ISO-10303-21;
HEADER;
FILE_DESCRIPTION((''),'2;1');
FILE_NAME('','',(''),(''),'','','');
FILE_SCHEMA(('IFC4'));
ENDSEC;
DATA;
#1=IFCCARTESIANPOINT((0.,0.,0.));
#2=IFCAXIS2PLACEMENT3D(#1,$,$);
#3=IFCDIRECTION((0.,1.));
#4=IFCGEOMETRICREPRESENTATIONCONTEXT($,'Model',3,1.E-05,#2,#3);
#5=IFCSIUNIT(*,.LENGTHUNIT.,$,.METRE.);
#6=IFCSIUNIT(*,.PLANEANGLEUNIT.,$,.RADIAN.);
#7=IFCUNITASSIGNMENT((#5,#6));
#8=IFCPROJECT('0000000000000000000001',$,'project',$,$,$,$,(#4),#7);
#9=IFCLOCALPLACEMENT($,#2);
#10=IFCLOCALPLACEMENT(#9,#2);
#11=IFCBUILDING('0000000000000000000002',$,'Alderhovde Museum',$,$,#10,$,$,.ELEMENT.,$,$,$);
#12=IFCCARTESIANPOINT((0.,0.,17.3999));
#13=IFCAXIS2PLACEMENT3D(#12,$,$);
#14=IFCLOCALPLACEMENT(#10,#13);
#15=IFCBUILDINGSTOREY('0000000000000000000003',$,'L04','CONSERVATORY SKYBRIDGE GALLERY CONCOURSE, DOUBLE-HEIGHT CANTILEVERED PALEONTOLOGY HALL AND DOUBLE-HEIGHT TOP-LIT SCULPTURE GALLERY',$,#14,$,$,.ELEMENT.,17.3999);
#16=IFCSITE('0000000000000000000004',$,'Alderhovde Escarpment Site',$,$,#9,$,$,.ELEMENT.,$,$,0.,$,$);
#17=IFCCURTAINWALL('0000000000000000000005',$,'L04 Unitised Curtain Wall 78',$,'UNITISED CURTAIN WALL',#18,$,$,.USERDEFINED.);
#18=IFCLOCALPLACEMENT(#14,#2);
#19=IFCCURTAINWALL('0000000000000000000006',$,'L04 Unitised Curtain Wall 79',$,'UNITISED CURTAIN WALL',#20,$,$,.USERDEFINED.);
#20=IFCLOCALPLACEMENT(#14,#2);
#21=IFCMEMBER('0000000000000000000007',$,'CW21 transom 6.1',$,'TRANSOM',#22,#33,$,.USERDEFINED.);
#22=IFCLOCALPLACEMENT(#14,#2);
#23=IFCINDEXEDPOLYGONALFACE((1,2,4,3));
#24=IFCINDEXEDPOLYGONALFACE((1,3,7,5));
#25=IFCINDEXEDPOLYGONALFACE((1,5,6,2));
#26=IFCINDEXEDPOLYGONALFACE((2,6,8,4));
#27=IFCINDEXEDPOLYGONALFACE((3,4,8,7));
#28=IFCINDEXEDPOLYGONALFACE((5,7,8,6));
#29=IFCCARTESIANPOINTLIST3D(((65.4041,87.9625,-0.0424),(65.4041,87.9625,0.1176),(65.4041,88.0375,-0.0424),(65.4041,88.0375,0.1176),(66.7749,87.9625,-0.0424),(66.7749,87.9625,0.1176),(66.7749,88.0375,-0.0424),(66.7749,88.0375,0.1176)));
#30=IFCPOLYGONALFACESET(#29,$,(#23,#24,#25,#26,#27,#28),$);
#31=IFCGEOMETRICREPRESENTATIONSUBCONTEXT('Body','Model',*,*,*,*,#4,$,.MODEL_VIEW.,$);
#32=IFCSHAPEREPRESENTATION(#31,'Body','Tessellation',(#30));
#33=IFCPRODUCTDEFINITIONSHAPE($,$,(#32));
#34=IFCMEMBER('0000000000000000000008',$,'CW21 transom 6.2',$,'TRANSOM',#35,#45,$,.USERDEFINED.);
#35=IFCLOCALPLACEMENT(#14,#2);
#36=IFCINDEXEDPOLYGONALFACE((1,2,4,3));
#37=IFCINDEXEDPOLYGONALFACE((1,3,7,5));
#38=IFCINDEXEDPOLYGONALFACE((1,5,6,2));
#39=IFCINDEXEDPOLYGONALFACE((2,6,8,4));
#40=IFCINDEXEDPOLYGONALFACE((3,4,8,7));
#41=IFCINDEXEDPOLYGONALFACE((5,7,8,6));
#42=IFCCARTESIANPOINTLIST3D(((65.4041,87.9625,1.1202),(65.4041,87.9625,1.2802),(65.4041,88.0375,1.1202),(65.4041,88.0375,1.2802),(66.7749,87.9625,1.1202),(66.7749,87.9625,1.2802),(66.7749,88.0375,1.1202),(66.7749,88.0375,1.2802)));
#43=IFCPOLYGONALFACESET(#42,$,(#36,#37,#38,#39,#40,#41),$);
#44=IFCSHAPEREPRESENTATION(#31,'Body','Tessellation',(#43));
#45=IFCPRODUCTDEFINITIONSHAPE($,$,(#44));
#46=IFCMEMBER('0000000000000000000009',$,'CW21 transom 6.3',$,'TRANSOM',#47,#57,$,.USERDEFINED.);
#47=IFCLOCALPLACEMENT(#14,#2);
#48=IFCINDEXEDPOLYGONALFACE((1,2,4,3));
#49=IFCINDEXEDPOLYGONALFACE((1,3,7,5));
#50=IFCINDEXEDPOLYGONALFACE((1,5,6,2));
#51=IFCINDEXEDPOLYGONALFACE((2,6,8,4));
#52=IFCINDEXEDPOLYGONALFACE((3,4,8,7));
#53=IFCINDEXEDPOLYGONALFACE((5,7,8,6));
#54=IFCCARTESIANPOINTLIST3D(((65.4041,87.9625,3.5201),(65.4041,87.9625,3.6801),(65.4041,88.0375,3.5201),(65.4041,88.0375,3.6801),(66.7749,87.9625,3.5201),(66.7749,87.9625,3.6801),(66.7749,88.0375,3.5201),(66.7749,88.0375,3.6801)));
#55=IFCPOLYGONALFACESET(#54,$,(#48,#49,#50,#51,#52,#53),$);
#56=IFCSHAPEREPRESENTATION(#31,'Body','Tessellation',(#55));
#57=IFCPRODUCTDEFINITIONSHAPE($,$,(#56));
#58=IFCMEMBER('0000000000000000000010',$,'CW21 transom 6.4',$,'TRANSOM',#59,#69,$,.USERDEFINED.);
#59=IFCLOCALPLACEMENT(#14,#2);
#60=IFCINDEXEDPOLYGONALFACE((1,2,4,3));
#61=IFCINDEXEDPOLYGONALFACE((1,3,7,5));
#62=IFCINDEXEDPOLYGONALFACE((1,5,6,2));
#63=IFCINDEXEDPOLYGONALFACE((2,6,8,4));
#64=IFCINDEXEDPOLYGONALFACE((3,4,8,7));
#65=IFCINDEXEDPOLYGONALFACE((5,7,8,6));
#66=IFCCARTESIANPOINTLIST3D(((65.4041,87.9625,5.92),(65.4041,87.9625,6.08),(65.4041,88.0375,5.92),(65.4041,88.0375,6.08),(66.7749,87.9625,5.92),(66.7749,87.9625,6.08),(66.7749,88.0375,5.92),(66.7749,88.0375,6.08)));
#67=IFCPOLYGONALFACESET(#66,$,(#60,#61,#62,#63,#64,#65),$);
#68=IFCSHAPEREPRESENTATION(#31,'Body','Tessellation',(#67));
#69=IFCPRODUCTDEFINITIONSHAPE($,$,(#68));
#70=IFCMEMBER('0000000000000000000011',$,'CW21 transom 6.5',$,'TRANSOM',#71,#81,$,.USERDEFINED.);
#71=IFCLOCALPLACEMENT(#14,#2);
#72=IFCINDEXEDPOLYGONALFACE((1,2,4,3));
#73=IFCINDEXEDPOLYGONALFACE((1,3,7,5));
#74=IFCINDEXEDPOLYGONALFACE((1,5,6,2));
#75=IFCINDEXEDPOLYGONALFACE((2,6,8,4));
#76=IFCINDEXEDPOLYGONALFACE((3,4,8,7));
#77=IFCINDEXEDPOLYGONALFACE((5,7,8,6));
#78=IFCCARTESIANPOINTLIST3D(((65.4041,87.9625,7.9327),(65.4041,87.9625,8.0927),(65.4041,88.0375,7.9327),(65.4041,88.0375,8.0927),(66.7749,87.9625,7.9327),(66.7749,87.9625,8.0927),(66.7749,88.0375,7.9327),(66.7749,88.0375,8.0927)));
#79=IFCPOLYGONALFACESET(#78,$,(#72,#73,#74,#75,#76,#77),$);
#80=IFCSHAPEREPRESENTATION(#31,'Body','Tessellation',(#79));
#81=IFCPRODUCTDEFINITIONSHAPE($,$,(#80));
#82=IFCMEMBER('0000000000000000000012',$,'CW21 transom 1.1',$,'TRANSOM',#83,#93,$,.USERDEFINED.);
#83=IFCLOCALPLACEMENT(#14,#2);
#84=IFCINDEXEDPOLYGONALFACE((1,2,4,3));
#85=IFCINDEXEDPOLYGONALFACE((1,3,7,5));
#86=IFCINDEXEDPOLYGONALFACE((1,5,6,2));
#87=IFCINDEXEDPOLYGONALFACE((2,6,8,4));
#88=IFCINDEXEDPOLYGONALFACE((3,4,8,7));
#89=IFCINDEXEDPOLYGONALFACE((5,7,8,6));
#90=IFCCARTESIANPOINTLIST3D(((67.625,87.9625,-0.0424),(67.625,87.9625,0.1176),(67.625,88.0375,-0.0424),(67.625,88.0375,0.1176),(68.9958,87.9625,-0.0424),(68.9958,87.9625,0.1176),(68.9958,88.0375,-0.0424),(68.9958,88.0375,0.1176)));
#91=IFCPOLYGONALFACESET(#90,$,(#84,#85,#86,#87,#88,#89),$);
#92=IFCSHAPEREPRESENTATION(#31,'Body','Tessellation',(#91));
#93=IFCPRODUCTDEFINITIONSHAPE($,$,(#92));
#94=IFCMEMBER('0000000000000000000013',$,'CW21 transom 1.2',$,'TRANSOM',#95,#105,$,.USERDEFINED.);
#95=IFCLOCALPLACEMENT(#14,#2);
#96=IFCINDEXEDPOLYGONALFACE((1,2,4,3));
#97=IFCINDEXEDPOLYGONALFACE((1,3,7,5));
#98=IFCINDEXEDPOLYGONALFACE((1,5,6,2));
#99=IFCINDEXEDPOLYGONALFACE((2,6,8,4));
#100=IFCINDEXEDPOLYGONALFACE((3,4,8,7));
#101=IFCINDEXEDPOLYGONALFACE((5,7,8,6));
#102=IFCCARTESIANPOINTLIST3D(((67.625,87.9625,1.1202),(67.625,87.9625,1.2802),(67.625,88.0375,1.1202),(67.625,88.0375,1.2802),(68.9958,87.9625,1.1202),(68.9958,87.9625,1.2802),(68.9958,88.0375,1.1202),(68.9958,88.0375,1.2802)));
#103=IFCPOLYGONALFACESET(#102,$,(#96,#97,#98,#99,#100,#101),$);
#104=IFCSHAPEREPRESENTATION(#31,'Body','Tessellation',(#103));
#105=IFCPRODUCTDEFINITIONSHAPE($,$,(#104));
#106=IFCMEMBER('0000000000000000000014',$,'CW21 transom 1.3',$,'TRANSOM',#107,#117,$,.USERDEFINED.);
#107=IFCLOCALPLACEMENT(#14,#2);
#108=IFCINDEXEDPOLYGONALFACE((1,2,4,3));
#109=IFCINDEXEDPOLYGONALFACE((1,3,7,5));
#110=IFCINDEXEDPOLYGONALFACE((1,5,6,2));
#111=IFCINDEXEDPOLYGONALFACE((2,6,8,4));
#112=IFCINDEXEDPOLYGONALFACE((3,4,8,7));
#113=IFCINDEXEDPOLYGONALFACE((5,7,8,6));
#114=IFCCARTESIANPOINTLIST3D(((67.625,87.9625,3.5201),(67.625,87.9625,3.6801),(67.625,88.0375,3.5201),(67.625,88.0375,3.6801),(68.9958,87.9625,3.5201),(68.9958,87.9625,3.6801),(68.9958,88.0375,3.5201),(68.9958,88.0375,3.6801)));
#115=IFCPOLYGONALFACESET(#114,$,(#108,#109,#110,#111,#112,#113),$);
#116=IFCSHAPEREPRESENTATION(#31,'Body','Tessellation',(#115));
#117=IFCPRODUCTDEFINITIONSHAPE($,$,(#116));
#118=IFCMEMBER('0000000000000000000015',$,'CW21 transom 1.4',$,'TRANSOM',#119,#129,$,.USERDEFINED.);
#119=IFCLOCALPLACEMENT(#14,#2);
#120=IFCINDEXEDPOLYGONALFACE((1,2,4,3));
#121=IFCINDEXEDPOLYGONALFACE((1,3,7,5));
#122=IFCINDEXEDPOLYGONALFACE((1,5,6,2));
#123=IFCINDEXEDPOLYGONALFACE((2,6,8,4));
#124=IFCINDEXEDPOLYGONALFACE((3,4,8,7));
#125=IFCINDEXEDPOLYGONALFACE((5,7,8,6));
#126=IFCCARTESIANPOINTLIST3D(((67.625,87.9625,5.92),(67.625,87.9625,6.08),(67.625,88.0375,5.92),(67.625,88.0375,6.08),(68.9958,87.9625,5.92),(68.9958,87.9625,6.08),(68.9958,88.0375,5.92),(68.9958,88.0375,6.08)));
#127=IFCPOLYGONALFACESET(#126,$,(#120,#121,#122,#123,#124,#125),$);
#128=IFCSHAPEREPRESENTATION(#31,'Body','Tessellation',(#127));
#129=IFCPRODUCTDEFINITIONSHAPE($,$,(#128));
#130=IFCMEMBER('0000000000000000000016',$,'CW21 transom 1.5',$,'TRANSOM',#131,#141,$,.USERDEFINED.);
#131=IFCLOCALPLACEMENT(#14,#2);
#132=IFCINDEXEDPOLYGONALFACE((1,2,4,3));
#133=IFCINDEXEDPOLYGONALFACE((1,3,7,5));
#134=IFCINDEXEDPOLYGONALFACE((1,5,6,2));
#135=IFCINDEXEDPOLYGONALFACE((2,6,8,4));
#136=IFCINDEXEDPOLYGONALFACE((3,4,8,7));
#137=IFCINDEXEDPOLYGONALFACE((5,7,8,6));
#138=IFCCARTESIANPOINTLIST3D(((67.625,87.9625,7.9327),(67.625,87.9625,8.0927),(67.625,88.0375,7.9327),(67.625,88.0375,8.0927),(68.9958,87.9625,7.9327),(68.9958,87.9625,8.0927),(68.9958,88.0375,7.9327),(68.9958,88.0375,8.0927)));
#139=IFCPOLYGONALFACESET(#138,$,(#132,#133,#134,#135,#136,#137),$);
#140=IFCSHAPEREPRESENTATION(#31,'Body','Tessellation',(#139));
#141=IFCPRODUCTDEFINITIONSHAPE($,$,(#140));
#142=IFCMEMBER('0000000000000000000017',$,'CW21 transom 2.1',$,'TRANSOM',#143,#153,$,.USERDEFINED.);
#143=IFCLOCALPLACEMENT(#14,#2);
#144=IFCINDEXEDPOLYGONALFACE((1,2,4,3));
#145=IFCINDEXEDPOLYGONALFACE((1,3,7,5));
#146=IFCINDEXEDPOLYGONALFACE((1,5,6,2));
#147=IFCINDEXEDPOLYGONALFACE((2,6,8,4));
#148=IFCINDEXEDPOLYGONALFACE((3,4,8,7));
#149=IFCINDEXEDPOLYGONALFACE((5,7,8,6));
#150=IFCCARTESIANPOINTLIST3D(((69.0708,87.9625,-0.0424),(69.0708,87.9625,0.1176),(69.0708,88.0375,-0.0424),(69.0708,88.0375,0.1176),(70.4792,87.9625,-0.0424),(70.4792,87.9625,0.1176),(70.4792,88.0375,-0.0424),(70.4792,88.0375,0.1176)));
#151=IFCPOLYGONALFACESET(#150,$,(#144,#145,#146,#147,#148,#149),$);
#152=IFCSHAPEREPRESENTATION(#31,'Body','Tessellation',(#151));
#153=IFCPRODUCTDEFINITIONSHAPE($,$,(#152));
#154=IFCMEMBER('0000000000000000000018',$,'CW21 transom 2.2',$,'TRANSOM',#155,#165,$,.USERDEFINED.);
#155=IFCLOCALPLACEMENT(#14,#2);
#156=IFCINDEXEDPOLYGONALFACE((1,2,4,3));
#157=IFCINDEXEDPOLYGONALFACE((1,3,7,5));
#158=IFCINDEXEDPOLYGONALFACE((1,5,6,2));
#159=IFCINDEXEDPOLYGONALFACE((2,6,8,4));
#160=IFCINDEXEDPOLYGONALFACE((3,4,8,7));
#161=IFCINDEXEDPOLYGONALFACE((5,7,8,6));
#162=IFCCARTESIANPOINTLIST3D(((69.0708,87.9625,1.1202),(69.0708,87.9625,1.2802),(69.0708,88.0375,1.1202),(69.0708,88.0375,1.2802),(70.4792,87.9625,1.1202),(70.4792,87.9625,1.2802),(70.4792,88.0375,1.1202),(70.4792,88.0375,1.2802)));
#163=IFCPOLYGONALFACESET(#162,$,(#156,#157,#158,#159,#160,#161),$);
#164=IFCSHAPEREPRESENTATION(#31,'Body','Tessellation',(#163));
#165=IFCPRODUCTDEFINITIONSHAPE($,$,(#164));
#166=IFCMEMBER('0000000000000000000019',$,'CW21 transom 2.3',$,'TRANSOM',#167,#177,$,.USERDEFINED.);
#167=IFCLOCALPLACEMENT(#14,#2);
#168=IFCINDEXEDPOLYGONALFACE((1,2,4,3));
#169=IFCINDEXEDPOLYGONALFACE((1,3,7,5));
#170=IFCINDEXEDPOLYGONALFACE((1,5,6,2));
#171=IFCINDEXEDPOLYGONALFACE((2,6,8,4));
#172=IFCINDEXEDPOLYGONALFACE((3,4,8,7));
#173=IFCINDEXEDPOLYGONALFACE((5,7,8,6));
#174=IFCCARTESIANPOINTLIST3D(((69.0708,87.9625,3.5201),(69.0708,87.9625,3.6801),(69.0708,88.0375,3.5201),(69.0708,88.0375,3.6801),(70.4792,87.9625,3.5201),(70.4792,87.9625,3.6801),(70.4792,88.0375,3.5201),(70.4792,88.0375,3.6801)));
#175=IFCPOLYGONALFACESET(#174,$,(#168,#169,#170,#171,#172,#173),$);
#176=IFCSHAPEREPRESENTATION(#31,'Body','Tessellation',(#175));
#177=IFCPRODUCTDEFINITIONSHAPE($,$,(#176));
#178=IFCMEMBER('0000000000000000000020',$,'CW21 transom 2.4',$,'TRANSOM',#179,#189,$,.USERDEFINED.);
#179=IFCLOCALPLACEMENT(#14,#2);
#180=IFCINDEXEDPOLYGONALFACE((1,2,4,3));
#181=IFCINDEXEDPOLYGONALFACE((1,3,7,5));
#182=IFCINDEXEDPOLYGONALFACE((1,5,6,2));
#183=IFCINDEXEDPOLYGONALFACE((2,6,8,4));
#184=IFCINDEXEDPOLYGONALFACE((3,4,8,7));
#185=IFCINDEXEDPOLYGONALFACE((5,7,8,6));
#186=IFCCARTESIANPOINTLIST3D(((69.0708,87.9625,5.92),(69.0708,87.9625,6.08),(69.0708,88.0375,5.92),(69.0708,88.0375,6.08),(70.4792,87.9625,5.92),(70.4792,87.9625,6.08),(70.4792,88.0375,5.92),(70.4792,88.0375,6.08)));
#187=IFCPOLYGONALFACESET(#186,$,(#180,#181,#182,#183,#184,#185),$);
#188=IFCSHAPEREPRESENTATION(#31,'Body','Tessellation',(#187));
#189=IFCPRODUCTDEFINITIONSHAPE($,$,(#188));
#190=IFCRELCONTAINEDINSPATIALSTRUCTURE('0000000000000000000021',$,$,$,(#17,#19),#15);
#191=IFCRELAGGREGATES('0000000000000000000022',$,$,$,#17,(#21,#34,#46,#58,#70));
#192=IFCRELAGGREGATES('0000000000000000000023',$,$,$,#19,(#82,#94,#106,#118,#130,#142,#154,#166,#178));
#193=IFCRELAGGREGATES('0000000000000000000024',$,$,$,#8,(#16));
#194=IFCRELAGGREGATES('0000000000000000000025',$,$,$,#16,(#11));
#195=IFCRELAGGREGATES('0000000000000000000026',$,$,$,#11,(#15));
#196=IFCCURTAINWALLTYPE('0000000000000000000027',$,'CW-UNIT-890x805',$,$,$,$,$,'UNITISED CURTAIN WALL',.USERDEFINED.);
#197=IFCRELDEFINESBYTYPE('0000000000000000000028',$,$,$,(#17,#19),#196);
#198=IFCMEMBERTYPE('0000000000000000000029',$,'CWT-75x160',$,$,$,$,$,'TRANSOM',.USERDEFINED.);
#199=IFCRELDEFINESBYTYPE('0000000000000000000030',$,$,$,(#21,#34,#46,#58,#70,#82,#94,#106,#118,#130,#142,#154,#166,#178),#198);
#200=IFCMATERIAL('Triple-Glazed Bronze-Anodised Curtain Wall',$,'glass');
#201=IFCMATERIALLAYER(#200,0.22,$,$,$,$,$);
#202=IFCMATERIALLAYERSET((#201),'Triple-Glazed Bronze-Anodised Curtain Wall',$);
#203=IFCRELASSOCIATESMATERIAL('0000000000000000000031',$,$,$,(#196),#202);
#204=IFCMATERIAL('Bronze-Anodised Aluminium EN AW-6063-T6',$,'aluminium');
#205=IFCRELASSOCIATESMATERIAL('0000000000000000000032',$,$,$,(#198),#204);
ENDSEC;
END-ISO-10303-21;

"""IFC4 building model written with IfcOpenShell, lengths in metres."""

from ifc_helpers import new_model, si_unit, direction, frame, origin, origin_2d, place, context, subcontext, project, spatial, rectangle, extrude, material, layer, layer_set, material_profile, profile_set, type_object, element, aggregate, save


model = new_model("IFC4")

# Units and contexts
model_context = context("Model", 3, precision=1e-05, world=origin(), true_north=direction((0.0, 1.0)))
body_context = subcontext(model_context, "Body", "Model", "MODEL_VIEW")
ifc_project = project(units=[si_unit("LENGTHUNIT", "METRE"), si_unit("PLANEANGLEUNIT", "RADIAN")], contexts=[model_context])

# Site, building, storey
site_placement = place(None, origin())
site = spatial("IfcSite", under=ifc_project, at=site_placement, Name="Alderhovde Escarpment Site", CompositionType="ELEMENT", RefElevation=0.0)
building_placement = place(site_placement, origin())
building = spatial("IfcBuilding", under=site, at=building_placement, Name="Alderhovde Museum", CompositionType="ELEMENT")
storey_placement = place(building_placement, frame((0.0, 0.0, 17.3999)))
storey = spatial("IfcBuildingStorey", under=building, at=storey_placement, Name="L04", Description="CONSERVATORY SKYBRIDGE GALLERY CONCOURSE, DOUBLE-HEIGHT CANTILEVERED PALEONTOLOGY HALL AND DOUBLE-HEIGHT TOP-LIT SCULPTURE GALLERY", CompositionType="ELEMENT", Elevation=17.3999)

# Curtain walls
ifc_material_1 = material(Name="Triple-Glazed Bronze-Anodised Curtain Wall", Category="glass")
ifc_layer_1 = layer(ifc_material_1, 0.22)
ifc_layer_set_1 = layer_set([ifc_layer_1], Name="Triple-Glazed Bronze-Anodised Curtain Wall")
curtain_wall_type = type_object("IfcCurtainWallType", Name="CW-UNIT-890x805", ElementType="UNITISED CURTAIN WALL", PredefinedType="USERDEFINED", material=ifc_layer_set_1)
curtain_wall_1_placement = place(storey_placement, origin())
curtain_wall_1 = element("IfcCurtainWall", 1, at=curtain_wall_1_placement, inside=storey, type_object=curtain_wall_type, Name="L04 Unitised Curtain Wall 78", ObjectType="UNITISED CURTAIN WALL", PredefinedType="USERDEFINED")
curtain_wall_2_placement = place(storey_placement, origin())
curtain_wall_2 = element("IfcCurtainWall", 2, at=curtain_wall_2_placement, inside=storey, type_object=curtain_wall_type, Name="L04 Unitised Curtain Wall 79", ObjectType="UNITISED CURTAIN WALL", PredefinedType="USERDEFINED")

# Members
ifc_material_2 = material(Name="Bronze-Anodised Aluminium EN AW-6063-T6", Category="aluminium")
ifc_material_profile_1 = material_profile(ifc_material_2, rectangle(XDim=0.075, YDim=0.1599, at=origin_2d()), Name="TRANSOM 75x160")
ifc_profile_set_1 = profile_set([ifc_material_profile_1], Name="Bronze-Anodised Aluminium EN AW-6063-T6")
member_type_1 = type_object("IfcMemberType", Name="CWT-75x160", ElementType="TRANSOM", PredefinedType="USERDEFINED", material=ifc_profile_set_1)
member_1_placement = place(storey_placement, frame((65.4041, 88.0, 0.0376), z_axis=(1.0, 0.0, 0.0), x_axis=(0.0, 1.0, 0.0)))
member_1 = element("IfcMember", 3, at=member_1_placement, type_object=member_type_1, Name="CW21 transom 6.1", ObjectType="TRANSOM", PredefinedType="USERDEFINED", context=body_context, shape_type="SweptSolid", body=[
    extrude(rectangle(XDim=0.075, YDim=0.1599, at=origin_2d()), origin(), (0.0, 0.0, 1.0), 1.3708),
])
member_2_placement = place(storey_placement, frame((65.4041, 88.0, 1.2002), z_axis=(1.0, 0.0, 0.0), x_axis=(0.0, 1.0, 0.0)))
member_2 = element("IfcMember", 4, at=member_2_placement, type_object=member_type_1, Name="CW21 transom 6.2", ObjectType="TRANSOM", PredefinedType="USERDEFINED", context=body_context, shape_type="SweptSolid", body=[
    extrude(rectangle(XDim=0.075, YDim=0.1599, at=origin_2d()), origin(), (0.0, 0.0, 1.0), 1.3708),
])
member_3_placement = place(storey_placement, frame((65.4041, 88.0, 3.6001), z_axis=(1.0, 0.0, 0.0), x_axis=(0.0, 1.0, 0.0)))
member_3 = element("IfcMember", 5, at=member_3_placement, type_object=member_type_1, Name="CW21 transom 6.3", ObjectType="TRANSOM", PredefinedType="USERDEFINED", context=body_context, shape_type="SweptSolid", body=[
    extrude(rectangle(XDim=0.075, YDim=0.1599, at=origin_2d()), origin(), (0.0, 0.0, 1.0), 1.3708),
])
member_4_placement = place(storey_placement, frame((65.4041, 88.0, 6.0), z_axis=(1.0, 0.0, 0.0), x_axis=(0.0, 1.0, 0.0)))
member_4 = element("IfcMember", 6, at=member_4_placement, type_object=member_type_1, Name="CW21 transom 6.4", ObjectType="TRANSOM", PredefinedType="USERDEFINED", context=body_context, shape_type="SweptSolid", body=[
    extrude(rectangle(XDim=0.075, YDim=0.1599, at=origin_2d()), origin(), (0.0, 0.0, 1.0), 1.3708),
])
member_5_placement = place(storey_placement, frame((65.4041, 88.0, 8.0127), z_axis=(1.0, 0.0, 0.0), x_axis=(0.0, 1.0, 0.0)))
member_5 = element("IfcMember", 7, at=member_5_placement, type_object=member_type_1, Name="CW21 transom 6.5", ObjectType="TRANSOM", PredefinedType="USERDEFINED", context=body_context, shape_type="SweptSolid", body=[
    extrude(rectangle(XDim=0.075, YDim=0.1599, at=origin_2d()), origin(), (0.0, 0.0, 1.0), 1.3708),
])
member_6_placement = place(storey_placement, frame((67.625, 88.0, 0.0376), z_axis=(1.0, 0.0, 0.0), x_axis=(0.0, 1.0, 0.0)))
member_6 = element("IfcMember", 8, at=member_6_placement, type_object=member_type_1, Name="CW21 transom 1.1", ObjectType="TRANSOM", PredefinedType="USERDEFINED", context=body_context, shape_type="SweptSolid", body=[
    extrude(rectangle(XDim=0.075, YDim=0.1599, at=origin_2d()), origin(), (0.0, 0.0, 1.0), 1.3708),
])
member_7_placement = place(storey_placement, frame((67.625, 88.0, 1.2002), z_axis=(1.0, 0.0, 0.0), x_axis=(0.0, 1.0, 0.0)))
member_7 = element("IfcMember", 9, at=member_7_placement, type_object=member_type_1, Name="CW21 transom 1.2", ObjectType="TRANSOM", PredefinedType="USERDEFINED", context=body_context, shape_type="SweptSolid", body=[
    extrude(rectangle(XDim=0.075, YDim=0.1599, at=origin_2d()), origin(), (0.0, 0.0, 1.0), 1.3708),
])
member_8_placement = place(storey_placement, frame((67.625, 88.0, 3.6001), z_axis=(1.0, 0.0, 0.0), x_axis=(0.0, 1.0, 0.0)))
member_8 = element("IfcMember", 10, at=member_8_placement, type_object=member_type_1, Name="CW21 transom 1.3", ObjectType="TRANSOM", PredefinedType="USERDEFINED", context=body_context, shape_type="SweptSolid", body=[
    extrude(rectangle(XDim=0.075, YDim=0.1599, at=origin_2d()), origin(), (0.0, 0.0, 1.0), 1.3708),
])
member_9_placement = place(storey_placement, frame((67.625, 88.0, 6.0), z_axis=(1.0, 0.0, 0.0), x_axis=(0.0, 1.0, 0.0)))
member_9 = element("IfcMember", 11, at=member_9_placement, type_object=member_type_1, Name="CW21 transom 1.4", ObjectType="TRANSOM", PredefinedType="USERDEFINED", context=body_context, shape_type="SweptSolid", body=[
    extrude(rectangle(XDim=0.075, YDim=0.1599, at=origin_2d()), origin(), (0.0, 0.0, 1.0), 1.3708),
])
member_10_placement = place(storey_placement, frame((67.625, 88.0, 8.0127), z_axis=(1.0, 0.0, 0.0), x_axis=(0.0, 1.0, 0.0)))
member_10 = element("IfcMember", 12, at=member_10_placement, type_object=member_type_1, Name="CW21 transom 1.5", ObjectType="TRANSOM", PredefinedType="USERDEFINED", context=body_context, shape_type="SweptSolid", body=[
    extrude(rectangle(XDim=0.075, YDim=0.1599, at=origin_2d()), origin(), (0.0, 0.0, 1.0), 1.3708),
])
member_11_placement = place(storey_placement, frame((69.0708, 88.0, 0.0376), z_axis=(1.0, 0.0, 0.0), x_axis=(0.0, 1.0, 0.0)))
member_11 = element("IfcMember", 13, at=member_11_placement, type_object=member_type_1, Name="CW21 transom 2.1", ObjectType="TRANSOM", PredefinedType="USERDEFINED", context=body_context, shape_type="SweptSolid", body=[
    extrude(rectangle(XDim=0.075, YDim=0.1599, at=origin_2d()), origin(), (0.0, 0.0, 1.0), 1.4084),
])
member_12_placement = place(storey_placement, frame((69.0708, 88.0, 1.2002), z_axis=(1.0, 0.0, 0.0), x_axis=(0.0, 1.0, 0.0)))
member_12 = element("IfcMember", 14, at=member_12_placement, type_object=member_type_1, Name="CW21 transom 2.2", ObjectType="TRANSOM", PredefinedType="USERDEFINED", context=body_context, shape_type="SweptSolid", body=[
    extrude(rectangle(XDim=0.075, YDim=0.1599, at=origin_2d()), origin(), (0.0, 0.0, 1.0), 1.4084),
])
member_13_placement = place(storey_placement, frame((69.0708, 88.0, 3.6001), z_axis=(1.0, 0.0, 0.0), x_axis=(0.0, 1.0, 0.0)))
member_13 = element("IfcMember", 15, at=member_13_placement, type_object=member_type_1, Name="CW21 transom 2.3", ObjectType="TRANSOM", PredefinedType="USERDEFINED", context=body_context, shape_type="SweptSolid", body=[
    extrude(rectangle(XDim=0.075, YDim=0.1599, at=origin_2d()), origin(), (0.0, 0.0, 1.0), 1.4084),
])
member_14_placement = place(storey_placement, frame((69.0708, 88.0, 6.0), z_axis=(1.0, 0.0, 0.0), x_axis=(0.0, 1.0, 0.0)))
member_14 = element("IfcMember", 16, at=member_14_placement, type_object=member_type_1, Name="CW21 transom 2.4", ObjectType="TRANSOM", PredefinedType="USERDEFINED", context=body_context, shape_type="SweptSolid", body=[
    extrude(rectangle(XDim=0.075, YDim=0.1599, at=origin_2d()), origin(), (0.0, 0.0, 1.0), 1.4084),
])

aggregate(curtain_wall_1, [member_1, member_2, member_3, member_4, member_5])
aggregate(curtain_wall_2, [member_6, member_7, member_8, member_9, member_10, member_11, member_12, member_13, member_14])

save(model, "model.ifc")
